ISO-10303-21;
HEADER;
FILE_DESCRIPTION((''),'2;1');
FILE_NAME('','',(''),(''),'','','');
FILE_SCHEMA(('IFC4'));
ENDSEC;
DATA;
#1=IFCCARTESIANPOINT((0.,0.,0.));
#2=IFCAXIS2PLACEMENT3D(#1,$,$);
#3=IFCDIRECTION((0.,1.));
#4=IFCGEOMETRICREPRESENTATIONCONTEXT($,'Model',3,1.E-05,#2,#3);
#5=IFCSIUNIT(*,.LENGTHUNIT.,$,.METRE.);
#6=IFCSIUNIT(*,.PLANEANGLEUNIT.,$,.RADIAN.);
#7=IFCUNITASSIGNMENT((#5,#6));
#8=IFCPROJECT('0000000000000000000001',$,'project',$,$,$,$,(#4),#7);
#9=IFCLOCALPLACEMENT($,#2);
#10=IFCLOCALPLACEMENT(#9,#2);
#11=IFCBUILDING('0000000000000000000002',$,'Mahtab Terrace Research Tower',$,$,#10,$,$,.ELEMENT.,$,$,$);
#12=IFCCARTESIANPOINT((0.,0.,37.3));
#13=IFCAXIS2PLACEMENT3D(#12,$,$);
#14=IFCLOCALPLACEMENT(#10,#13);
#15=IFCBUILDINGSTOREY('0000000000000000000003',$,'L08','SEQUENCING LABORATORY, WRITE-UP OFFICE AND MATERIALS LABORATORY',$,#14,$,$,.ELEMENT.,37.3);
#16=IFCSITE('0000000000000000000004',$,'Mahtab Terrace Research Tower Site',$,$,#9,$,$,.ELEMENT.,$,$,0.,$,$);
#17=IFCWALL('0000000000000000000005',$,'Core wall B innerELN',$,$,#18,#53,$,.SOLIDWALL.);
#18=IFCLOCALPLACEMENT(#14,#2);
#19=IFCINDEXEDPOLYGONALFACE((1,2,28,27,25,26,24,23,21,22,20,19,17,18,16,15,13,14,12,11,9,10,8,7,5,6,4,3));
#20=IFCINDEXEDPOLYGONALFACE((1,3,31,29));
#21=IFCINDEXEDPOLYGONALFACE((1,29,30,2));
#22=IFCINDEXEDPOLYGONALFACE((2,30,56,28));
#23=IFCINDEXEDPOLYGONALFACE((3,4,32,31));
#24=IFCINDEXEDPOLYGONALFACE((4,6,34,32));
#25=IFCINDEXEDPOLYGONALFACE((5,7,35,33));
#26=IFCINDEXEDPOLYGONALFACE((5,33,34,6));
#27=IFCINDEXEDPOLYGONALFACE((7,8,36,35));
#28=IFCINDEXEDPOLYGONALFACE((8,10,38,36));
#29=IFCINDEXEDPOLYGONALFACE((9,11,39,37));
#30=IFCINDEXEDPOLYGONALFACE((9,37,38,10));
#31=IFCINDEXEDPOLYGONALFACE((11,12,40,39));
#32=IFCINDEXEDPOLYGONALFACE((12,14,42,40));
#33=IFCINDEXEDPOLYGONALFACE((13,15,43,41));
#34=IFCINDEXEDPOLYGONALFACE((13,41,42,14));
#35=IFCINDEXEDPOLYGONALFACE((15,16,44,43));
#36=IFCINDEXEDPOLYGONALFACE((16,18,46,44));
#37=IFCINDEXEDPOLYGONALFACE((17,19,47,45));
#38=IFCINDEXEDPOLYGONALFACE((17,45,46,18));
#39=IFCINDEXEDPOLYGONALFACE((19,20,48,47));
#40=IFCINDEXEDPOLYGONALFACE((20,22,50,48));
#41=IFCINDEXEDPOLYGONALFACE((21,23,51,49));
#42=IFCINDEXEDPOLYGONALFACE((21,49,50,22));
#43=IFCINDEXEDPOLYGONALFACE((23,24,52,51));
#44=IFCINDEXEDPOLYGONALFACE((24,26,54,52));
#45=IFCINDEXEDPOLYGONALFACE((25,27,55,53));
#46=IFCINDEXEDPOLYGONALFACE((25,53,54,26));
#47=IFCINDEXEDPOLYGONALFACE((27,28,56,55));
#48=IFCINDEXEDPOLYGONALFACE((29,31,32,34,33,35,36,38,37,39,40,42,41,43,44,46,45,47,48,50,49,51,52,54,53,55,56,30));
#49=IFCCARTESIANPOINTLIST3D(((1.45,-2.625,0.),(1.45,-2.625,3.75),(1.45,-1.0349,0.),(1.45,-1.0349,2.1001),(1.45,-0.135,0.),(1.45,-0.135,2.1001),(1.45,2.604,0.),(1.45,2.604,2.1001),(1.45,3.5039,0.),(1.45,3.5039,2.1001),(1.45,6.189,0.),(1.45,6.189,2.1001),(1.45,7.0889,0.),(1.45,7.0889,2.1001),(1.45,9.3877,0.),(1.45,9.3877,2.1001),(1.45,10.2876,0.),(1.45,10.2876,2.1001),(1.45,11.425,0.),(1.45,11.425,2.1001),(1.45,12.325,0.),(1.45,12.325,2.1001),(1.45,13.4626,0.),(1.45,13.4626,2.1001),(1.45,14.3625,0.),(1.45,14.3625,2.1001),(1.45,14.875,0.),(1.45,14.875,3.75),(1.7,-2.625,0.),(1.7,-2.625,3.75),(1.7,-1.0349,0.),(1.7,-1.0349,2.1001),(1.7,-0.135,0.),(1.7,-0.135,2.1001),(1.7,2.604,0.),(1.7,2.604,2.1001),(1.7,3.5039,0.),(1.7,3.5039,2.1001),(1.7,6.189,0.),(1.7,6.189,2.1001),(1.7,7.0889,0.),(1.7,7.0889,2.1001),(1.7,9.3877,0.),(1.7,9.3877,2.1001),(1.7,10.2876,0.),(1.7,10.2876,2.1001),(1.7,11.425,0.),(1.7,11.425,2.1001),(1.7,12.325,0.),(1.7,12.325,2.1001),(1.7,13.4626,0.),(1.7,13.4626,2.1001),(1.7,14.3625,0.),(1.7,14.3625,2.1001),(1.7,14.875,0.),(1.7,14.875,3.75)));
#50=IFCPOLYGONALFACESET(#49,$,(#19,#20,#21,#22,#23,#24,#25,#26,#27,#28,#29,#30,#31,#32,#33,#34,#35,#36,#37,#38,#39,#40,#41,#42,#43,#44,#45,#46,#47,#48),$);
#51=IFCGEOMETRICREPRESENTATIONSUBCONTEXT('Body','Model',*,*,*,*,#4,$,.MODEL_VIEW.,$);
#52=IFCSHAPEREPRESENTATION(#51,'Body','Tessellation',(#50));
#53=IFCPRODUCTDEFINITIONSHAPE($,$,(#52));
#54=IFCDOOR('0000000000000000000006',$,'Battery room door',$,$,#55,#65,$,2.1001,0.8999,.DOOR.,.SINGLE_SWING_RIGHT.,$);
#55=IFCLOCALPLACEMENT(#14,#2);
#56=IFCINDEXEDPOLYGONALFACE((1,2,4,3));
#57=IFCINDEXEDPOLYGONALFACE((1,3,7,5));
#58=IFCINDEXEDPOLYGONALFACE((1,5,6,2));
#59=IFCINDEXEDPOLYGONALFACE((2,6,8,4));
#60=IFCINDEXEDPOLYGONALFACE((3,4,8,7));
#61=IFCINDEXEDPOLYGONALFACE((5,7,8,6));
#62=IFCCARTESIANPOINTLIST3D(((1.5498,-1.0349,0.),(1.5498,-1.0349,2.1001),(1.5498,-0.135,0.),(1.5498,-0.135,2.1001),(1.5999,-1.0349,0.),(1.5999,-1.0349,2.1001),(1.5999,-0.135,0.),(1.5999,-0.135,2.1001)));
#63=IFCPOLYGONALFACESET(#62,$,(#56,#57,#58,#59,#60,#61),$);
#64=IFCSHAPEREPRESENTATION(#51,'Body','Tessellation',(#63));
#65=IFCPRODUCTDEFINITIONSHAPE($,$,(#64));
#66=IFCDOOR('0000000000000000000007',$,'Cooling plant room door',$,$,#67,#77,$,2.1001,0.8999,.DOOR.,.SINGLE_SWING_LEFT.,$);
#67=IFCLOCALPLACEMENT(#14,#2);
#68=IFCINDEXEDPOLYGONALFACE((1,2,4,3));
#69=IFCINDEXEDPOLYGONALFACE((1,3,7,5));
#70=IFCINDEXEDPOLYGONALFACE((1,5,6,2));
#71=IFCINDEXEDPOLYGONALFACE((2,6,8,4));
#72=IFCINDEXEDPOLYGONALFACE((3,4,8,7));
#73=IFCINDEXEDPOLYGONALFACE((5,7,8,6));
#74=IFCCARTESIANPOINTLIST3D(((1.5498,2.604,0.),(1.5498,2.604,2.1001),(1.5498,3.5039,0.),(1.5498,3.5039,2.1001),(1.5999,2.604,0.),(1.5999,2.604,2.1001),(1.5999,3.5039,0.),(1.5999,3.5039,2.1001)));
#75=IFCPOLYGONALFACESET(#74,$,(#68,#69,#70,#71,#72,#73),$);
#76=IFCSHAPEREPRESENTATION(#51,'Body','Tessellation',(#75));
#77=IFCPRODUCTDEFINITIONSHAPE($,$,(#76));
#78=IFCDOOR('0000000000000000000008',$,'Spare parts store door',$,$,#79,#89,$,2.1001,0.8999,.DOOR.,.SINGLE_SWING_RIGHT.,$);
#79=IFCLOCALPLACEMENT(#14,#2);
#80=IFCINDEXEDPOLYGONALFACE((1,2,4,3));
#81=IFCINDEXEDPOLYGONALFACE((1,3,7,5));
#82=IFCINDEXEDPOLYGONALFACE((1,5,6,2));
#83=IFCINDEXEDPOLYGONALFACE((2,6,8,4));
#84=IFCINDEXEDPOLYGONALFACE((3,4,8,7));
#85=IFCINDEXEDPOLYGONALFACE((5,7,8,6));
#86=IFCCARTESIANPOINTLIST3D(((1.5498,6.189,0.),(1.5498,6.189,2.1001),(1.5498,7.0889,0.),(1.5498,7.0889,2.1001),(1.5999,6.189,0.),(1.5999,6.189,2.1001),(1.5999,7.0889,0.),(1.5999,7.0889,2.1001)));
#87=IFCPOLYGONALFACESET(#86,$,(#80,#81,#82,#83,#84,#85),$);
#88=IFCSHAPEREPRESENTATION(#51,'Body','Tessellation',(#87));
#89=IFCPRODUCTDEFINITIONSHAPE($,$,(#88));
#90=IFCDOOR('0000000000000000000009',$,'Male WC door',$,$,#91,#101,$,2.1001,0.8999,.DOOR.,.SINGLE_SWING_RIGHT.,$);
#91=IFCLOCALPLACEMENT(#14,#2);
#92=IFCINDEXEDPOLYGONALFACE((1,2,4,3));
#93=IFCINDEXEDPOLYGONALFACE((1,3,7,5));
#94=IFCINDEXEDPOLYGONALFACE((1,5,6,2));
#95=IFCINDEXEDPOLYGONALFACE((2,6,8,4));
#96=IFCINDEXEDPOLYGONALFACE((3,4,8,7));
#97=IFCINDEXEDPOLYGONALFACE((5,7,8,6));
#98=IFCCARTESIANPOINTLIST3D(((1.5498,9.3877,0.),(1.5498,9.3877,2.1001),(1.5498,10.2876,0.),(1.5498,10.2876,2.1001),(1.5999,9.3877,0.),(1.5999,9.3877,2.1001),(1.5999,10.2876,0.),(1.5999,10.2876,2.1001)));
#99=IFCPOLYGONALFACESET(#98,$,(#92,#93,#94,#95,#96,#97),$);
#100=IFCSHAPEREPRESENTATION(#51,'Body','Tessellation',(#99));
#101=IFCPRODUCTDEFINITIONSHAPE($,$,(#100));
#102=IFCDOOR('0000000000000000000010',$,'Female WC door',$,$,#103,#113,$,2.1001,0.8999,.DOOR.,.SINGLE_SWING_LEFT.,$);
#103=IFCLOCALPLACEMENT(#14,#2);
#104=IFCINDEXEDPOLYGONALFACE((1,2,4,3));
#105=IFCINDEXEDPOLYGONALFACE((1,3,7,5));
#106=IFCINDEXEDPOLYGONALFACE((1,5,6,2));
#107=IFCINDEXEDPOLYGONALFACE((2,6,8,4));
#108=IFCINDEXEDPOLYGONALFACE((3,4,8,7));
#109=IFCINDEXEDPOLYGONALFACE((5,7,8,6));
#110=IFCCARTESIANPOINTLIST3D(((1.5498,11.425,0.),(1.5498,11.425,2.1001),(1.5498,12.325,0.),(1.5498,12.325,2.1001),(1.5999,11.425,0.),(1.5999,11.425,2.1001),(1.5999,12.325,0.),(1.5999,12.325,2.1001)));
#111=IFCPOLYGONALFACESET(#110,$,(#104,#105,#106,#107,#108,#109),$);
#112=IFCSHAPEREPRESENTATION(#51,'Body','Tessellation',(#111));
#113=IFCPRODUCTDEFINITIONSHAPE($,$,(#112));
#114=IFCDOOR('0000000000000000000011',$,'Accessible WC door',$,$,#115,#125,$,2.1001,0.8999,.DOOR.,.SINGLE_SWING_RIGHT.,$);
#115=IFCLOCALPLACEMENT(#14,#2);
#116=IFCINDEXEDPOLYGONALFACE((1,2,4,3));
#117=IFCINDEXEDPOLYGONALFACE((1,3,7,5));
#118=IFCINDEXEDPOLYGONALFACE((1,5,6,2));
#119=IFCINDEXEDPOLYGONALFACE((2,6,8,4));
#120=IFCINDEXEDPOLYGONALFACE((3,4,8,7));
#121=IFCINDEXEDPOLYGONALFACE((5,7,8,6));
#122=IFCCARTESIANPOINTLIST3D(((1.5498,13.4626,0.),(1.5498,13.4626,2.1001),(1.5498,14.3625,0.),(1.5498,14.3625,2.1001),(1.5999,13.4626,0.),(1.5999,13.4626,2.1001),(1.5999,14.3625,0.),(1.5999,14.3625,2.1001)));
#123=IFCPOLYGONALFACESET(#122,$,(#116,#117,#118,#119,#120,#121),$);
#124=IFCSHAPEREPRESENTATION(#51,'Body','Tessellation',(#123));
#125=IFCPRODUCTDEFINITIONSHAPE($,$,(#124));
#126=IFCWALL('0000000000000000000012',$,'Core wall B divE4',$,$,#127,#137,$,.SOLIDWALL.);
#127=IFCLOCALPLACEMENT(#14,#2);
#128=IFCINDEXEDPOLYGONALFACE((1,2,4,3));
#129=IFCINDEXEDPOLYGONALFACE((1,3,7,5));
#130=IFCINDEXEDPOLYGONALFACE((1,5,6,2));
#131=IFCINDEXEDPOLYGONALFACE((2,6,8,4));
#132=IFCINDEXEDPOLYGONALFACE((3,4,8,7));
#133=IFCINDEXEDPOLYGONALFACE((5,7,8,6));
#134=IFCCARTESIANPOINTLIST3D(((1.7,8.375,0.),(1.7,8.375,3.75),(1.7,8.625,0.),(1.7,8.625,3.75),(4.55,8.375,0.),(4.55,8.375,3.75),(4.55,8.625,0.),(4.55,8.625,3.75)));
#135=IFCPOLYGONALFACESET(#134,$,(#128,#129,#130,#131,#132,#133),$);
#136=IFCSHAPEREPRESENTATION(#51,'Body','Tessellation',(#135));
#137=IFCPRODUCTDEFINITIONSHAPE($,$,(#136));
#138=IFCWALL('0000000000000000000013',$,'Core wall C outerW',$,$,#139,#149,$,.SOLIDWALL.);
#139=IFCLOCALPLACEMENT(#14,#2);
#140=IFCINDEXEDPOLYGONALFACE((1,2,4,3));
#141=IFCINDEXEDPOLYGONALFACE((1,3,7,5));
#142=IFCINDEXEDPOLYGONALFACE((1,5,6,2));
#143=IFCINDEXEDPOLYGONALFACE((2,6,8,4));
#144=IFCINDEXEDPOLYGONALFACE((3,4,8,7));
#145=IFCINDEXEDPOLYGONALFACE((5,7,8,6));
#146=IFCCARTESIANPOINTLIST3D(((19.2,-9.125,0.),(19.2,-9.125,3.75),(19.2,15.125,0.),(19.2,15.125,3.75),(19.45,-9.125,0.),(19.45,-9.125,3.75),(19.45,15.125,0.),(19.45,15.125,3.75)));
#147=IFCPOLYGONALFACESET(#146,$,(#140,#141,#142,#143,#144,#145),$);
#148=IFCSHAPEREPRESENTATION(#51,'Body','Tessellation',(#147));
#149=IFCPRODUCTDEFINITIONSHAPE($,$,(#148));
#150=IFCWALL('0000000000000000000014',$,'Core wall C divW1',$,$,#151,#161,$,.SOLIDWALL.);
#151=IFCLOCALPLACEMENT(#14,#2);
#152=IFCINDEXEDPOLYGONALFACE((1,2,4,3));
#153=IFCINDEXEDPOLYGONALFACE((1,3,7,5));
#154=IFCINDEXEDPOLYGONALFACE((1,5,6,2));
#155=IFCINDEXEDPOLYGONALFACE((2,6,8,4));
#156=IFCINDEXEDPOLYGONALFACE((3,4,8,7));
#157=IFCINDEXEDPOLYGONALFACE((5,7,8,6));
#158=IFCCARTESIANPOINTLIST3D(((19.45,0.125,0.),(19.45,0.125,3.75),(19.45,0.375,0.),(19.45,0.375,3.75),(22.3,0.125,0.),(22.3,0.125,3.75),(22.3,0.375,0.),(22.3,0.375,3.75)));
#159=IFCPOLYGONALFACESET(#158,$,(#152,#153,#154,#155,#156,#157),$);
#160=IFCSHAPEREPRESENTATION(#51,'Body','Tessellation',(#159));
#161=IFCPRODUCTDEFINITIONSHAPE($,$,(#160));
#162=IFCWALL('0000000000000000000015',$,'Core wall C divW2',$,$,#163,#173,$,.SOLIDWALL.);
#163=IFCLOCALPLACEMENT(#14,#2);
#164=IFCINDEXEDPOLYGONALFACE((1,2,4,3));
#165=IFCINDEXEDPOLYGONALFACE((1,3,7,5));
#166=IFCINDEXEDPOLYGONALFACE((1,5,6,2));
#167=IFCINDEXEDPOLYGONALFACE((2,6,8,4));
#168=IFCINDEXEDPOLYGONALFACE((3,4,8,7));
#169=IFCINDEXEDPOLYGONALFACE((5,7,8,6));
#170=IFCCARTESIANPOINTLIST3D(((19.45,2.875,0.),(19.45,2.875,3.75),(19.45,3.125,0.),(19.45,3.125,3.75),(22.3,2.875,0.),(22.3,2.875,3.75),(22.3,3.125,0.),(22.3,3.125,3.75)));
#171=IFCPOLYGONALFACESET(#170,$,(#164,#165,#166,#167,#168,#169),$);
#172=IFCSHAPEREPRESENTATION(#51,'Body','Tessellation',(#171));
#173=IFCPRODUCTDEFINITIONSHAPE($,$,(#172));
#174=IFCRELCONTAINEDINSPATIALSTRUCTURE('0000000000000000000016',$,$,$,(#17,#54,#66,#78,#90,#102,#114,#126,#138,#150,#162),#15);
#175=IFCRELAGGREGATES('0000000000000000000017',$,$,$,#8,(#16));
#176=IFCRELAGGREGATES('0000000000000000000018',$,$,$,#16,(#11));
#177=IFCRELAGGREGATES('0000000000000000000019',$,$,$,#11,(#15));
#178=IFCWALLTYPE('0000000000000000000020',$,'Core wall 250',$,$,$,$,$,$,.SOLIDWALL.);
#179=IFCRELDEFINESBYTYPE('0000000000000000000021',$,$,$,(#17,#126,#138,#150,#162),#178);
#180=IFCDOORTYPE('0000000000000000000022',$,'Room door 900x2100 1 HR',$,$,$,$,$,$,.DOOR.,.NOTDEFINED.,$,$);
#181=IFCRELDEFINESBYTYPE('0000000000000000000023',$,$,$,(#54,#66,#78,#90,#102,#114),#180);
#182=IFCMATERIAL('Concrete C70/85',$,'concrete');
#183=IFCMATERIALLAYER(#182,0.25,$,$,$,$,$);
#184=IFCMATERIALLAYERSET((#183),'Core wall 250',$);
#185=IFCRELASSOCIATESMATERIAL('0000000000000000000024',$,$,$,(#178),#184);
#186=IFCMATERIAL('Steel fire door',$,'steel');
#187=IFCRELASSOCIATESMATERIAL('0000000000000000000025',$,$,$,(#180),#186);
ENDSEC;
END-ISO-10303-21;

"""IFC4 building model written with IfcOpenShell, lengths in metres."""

from ifc_helpers import new_model, si_unit, direction, frame, frame_2d, origin, place, context, subcontext, project, spatial, rectangle, extrude, material, layer, layer_set, type_object, element, fill, save


model = new_model("IFC4")

# Units and contexts
model_context = context("Model", 3, precision=1e-05, world=origin(), true_north=direction((0.0, 1.0)))
body_context = subcontext(model_context, "Body", "Model", "MODEL_VIEW")
ifc_project = project(units=[si_unit("LENGTHUNIT", "METRE"), si_unit("PLANEANGLEUNIT", "RADIAN")], contexts=[model_context])

# Site, building, storey
site_placement = place(None, origin())
site = spatial("IfcSite", under=ifc_project, at=site_placement, Name="Mahtab Terrace Research Tower Site", CompositionType="ELEMENT", RefElevation=0.0)
building_placement = place(site_placement, origin())
building = spatial("IfcBuilding", under=site, at=building_placement, Name="Mahtab Terrace Research Tower", CompositionType="ELEMENT")
storey_placement = place(building_placement, frame((0.0, 0.0, 37.3)))
storey = spatial("IfcBuildingStorey", under=building, at=storey_placement, Name="L08", Description="SEQUENCING LABORATORY, WRITE-UP OFFICE AND MATERIALS LABORATORY", CompositionType="ELEMENT", Elevation=37.3)

# Shared definitions
ifc_material_1 = material(Name="Concrete C70/85", Category="concrete")

# Wall, openings, doors
ifc_layer_1 = layer(ifc_material_1, 0.25)
ifc_layer_set_1 = layer_set([ifc_layer_1], Name="Core wall 250")
wall_type_1 = type_object("IfcWallType", Name="Core wall 250", PredefinedType="SOLIDWALL", material=ifc_layer_set_1)
wall_1_placement = place(storey_placement, frame((1.575, 14.875, 0.0), z_axis=(0.0, 0.0, 1.0), x_axis=(0.0, -1.0, 0.0)))
wall_1 = element("IfcWall", 1, at=wall_1_placement, inside=storey, type_object=wall_type_1, Name="Core wall B innerELN", PredefinedType="SOLIDWALL", context=body_context, shape_type="SweptSolid", body=[
    extrude(rectangle(XDim=17.5, YDim=0.25, at=frame_2d((8.75, 0.0))), origin(), (0.0, 0.0, 1.0), 3.75),
])
opening_1_placement = place(wall_1_placement, frame((15.01, 0.0, 0.0)))
opening_1 = element("IfcOpeningElement", 2, at=opening_1_placement, cuts=wall_1, PredefinedType="OPENING", context=body_context, shape_type="SweptSolid", body=[
    extrude(rectangle(XDim=0.8999, YDim=2.1001, at=frame_2d((0.45, 1.05))), frame((0.0, 0.135, 0.0), z_axis=(0.0, -1.0, 0.0), x_axis=(1.0, 0.0, 0.0)), (0.0, 0.0, 1.0), 0.27),
])
opening_2_placement = place(wall_1_placement, frame((11.3711, 0.0, 0.0)))
opening_2 = element("IfcOpeningElement", 3, at=opening_2_placement, cuts=wall_1, PredefinedType="OPENING", context=body_context, shape_type="SweptSolid", body=[
    extrude(rectangle(XDim=0.8999, YDim=2.1001, at=frame_2d((0.45, 1.05))), frame((0.0, 0.135, 0.0), z_axis=(0.0, -1.0, 0.0), x_axis=(1.0, 0.0, 0.0)), (0.0, 0.0, 1.0), 0.27),
])
opening_3_placement = place(wall_1_placement, frame((7.7861, 0.0, 0.0)))
opening_3 = element("IfcOpeningElement", 4, at=opening_3_placement, cuts=wall_1, PredefinedType="OPENING", context=body_context, shape_type="SweptSolid", body=[
    extrude(rectangle(XDim=0.8999, YDim=2.1001, at=frame_2d((0.45, 1.05))), frame((0.0, 0.135, 0.0), z_axis=(0.0, -1.0, 0.0), x_axis=(1.0, 0.0, 0.0)), (0.0, 0.0, 1.0), 0.27),
])
opening_4_placement = place(wall_1_placement, frame((4.5874, 0.0, 0.0)))
opening_4 = element("IfcOpeningElement", 5, at=opening_4_placement, cuts=wall_1, PredefinedType="OPENING", context=body_context, shape_type="SweptSolid", body=[
    extrude(rectangle(XDim=0.8999, YDim=2.1001, at=frame_2d((0.45, 1.05))), frame((0.0, 0.135, 0.0), z_axis=(0.0, -1.0, 0.0), x_axis=(1.0, 0.0, 0.0)), (0.0, 0.0, 1.0), 0.27),
])
opening_5_placement = place(wall_1_placement, frame((2.55, 0.0, 0.0)))
opening_5 = element("IfcOpeningElement", 6, at=opening_5_placement, cuts=wall_1, PredefinedType="OPENING", context=body_context, shape_type="SweptSolid", body=[
    extrude(rectangle(XDim=0.8999, YDim=2.1001, at=frame_2d((0.45, 1.05))), frame((0.0, 0.135, 0.0), z_axis=(0.0, -1.0, 0.0), x_axis=(1.0, 0.0, 0.0)), (0.0, 0.0, 1.0), 0.27),
])
opening_6_placement = place(wall_1_placement, frame((0.5125, 0.0, 0.0)))
opening_6 = element("IfcOpeningElement", 7, at=opening_6_placement, cuts=wall_1, PredefinedType="OPENING", context=body_context, shape_type="SweptSolid", body=[
    extrude(rectangle(XDim=0.8999, YDim=2.1001, at=frame_2d((0.45, 1.05))), frame((0.0, 0.135, 0.0), z_axis=(0.0, -1.0, 0.0), x_axis=(1.0, 0.0, 0.0)), (0.0, 0.0, 1.0), 0.27),
])
ifc_material_2 = material(Name="Steel fire door", Category="steel")
door_type = type_object("IfcDoorType", Name="Room door 900x2100 1 HR", OperationType="NOTDEFINED", PredefinedType="DOOR", material=ifc_material_2)
door_1_placement = place(opening_1_placement, origin())
door_1 = element("IfcDoor", 8, at=door_1_placement, inside=storey, type_object=door_type, Name="Battery room door", OperationType="SINGLE_SWING_RIGHT", OverallHeight=2.1001, OverallWidth=0.8999, PredefinedType="DOOR", context=body_context, shape_type="SweptSolid", body=[
    extrude(rectangle(XDim=0.8999, YDim=2.1001, at=frame_2d((0.45, 1.05))), frame((0.0, 0.0249, 0.0), z_axis=(0.0, -1.0, 0.0), x_axis=(1.0, 0.0, 0.0)), (0.0, 0.0, 1.0), 0.05),
])
fill(opening_1, door_1)
door_2_placement = place(opening_2_placement, origin())
door_2 = element("IfcDoor", 9, at=door_2_placement, inside=storey, type_object=door_type, Name="Cooling plant room door", OperationType="SINGLE_SWING_LEFT", OverallHeight=2.1001, OverallWidth=0.8999, PredefinedType="DOOR", context=body_context, shape_type="SweptSolid", body=[
    extrude(rectangle(XDim=0.8999, YDim=2.1001, at=frame_2d((0.45, 1.05))), frame((0.0, 0.0249, 0.0), z_axis=(0.0, -1.0, 0.0), x_axis=(1.0, 0.0, 0.0)), (0.0, 0.0, 1.0), 0.05),
])
fill(opening_2, door_2)
door_3_placement = place(opening_3_placement, origin())
door_3 = element("IfcDoor", 10, at=door_3_placement, inside=storey, type_object=door_type, Name="Spare parts store door", OperationType="SINGLE_SWING_RIGHT", OverallHeight=2.1001, OverallWidth=0.8999, PredefinedType="DOOR", context=body_context, shape_type="SweptSolid", body=[
    extrude(rectangle(XDim=0.8999, YDim=2.1001, at=frame_2d((0.45, 1.05))), frame((0.0, 0.0249, 0.0), z_axis=(0.0, -1.0, 0.0), x_axis=(1.0, 0.0, 0.0)), (0.0, 0.0, 1.0), 0.05),
])
fill(opening_3, door_3)
door_4_placement = place(opening_4_placement, origin())
door_4 = element("IfcDoor", 11, at=door_4_placement, inside=storey, type_object=door_type, Name="Male WC door", OperationType="SINGLE_SWING_RIGHT", OverallHeight=2.1001, OverallWidth=0.8999, PredefinedType="DOOR", context=body_context, shape_type="SweptSolid", body=[
    extrude(rectangle(XDim=0.8999, YDim=2.1001, at=frame_2d((0.45, 1.05))), frame((0.0, 0.0249, 0.0), z_axis=(0.0, -1.0, 0.0), x_axis=(1.0, 0.0, 0.0)), (0.0, 0.0, 1.0), 0.05),
])
fill(opening_4, door_4)
door_5_placement = place(opening_5_placement, origin())
door_5 = element("IfcDoor", 12, at=door_5_placement, inside=storey, type_object=door_type, Name="Female WC door", OperationType="SINGLE_SWING_LEFT", OverallHeight=2.1001, OverallWidth=0.8999, PredefinedType="DOOR", context=body_context, shape_type="SweptSolid", body=[
    extrude(rectangle(XDim=0.8999, YDim=2.1001, at=frame_2d((0.45, 1.05))), frame((0.0, 0.0249, 0.0), z_axis=(0.0, -1.0, 0.0), x_axis=(1.0, 0.0, 0.0)), (0.0, 0.0, 1.0), 0.05),
])
fill(opening_5, door_5)
door_6_placement = place(opening_6_placement, origin())
door_6 = element("IfcDoor", 13, at=door_6_placement, inside=storey, type_object=door_type, Name="Accessible WC door", OperationType="SINGLE_SWING_RIGHT", OverallHeight=2.1001, OverallWidth=0.8999, PredefinedType="DOOR", context=body_context, shape_type="SweptSolid", body=[
    extrude(rectangle(XDim=0.8999, YDim=2.1001, at=frame_2d((0.45, 1.05))), frame((0.0, 0.0249, 0.0), z_axis=(0.0, -1.0, 0.0), x_axis=(1.0, 0.0, 0.0)), (0.0, 0.0, 1.0), 0.05),
])
fill(opening_6, door_6)

# Walls
wall_2_placement = place(storey_placement, frame((1.7, 8.5, 0.0), z_axis=(0.0, 0.0, 1.0), x_axis=(1.0, 0.0, 0.0)))
element("IfcWall", 14, at=wall_2_placement, inside=storey, type_object=wall_type_1, Name="Core wall B divE4", PredefinedType="SOLIDWALL", context=body_context, shape_type="SweptSolid", body=[
    extrude(rectangle(XDim=2.8501, YDim=0.25, at=frame_2d((1.425, 0.0))), origin(), (0.0, 0.0, 1.0), 3.75),
])
wall_3_placement = place(storey_placement, frame((19.325, 15.125, 0.0), z_axis=(0.0, 0.0, 1.0), x_axis=(0.0, -1.0, 0.0)))
element("IfcWall", 15, at=wall_3_placement, inside=storey, type_object=wall_type_1, Name="Core wall C outerW", PredefinedType="SOLIDWALL", context=body_context, shape_type="SweptSolid", body=[
    extrude(rectangle(XDim=24.25, YDim=0.25, at=frame_2d((12.125, 0.0))), origin(), (0.0, 0.0, 1.0), 3.75),
])
for number, where, z_axis, x_axis, name in (
    (16, (19.45, 0.25, 0.0), (0.0, 0.0, 1.0), (1.0, 0.0, 0.0), "Core wall C divW1"),
    (17, (19.45, 3.0, 0.0), (0.0, 0.0, 1.0), (1.0, 0.0, 0.0), "Core wall C divW2"),
):
    element("IfcWall", number, at=place(storey_placement, frame(where, z_axis=z_axis, x_axis=x_axis)), inside=storey, type_object=wall_type_1, Name=name, PredefinedType="SOLIDWALL", context=body_context, shape_type="SweptSolid", body=[
        extrude(rectangle(XDim=2.8501, YDim=0.25, at=frame_2d((1.425, 0.0))), origin(), (0.0, 0.0, 1.0), 3.75),
    ])

save(model, "model.ifc")
